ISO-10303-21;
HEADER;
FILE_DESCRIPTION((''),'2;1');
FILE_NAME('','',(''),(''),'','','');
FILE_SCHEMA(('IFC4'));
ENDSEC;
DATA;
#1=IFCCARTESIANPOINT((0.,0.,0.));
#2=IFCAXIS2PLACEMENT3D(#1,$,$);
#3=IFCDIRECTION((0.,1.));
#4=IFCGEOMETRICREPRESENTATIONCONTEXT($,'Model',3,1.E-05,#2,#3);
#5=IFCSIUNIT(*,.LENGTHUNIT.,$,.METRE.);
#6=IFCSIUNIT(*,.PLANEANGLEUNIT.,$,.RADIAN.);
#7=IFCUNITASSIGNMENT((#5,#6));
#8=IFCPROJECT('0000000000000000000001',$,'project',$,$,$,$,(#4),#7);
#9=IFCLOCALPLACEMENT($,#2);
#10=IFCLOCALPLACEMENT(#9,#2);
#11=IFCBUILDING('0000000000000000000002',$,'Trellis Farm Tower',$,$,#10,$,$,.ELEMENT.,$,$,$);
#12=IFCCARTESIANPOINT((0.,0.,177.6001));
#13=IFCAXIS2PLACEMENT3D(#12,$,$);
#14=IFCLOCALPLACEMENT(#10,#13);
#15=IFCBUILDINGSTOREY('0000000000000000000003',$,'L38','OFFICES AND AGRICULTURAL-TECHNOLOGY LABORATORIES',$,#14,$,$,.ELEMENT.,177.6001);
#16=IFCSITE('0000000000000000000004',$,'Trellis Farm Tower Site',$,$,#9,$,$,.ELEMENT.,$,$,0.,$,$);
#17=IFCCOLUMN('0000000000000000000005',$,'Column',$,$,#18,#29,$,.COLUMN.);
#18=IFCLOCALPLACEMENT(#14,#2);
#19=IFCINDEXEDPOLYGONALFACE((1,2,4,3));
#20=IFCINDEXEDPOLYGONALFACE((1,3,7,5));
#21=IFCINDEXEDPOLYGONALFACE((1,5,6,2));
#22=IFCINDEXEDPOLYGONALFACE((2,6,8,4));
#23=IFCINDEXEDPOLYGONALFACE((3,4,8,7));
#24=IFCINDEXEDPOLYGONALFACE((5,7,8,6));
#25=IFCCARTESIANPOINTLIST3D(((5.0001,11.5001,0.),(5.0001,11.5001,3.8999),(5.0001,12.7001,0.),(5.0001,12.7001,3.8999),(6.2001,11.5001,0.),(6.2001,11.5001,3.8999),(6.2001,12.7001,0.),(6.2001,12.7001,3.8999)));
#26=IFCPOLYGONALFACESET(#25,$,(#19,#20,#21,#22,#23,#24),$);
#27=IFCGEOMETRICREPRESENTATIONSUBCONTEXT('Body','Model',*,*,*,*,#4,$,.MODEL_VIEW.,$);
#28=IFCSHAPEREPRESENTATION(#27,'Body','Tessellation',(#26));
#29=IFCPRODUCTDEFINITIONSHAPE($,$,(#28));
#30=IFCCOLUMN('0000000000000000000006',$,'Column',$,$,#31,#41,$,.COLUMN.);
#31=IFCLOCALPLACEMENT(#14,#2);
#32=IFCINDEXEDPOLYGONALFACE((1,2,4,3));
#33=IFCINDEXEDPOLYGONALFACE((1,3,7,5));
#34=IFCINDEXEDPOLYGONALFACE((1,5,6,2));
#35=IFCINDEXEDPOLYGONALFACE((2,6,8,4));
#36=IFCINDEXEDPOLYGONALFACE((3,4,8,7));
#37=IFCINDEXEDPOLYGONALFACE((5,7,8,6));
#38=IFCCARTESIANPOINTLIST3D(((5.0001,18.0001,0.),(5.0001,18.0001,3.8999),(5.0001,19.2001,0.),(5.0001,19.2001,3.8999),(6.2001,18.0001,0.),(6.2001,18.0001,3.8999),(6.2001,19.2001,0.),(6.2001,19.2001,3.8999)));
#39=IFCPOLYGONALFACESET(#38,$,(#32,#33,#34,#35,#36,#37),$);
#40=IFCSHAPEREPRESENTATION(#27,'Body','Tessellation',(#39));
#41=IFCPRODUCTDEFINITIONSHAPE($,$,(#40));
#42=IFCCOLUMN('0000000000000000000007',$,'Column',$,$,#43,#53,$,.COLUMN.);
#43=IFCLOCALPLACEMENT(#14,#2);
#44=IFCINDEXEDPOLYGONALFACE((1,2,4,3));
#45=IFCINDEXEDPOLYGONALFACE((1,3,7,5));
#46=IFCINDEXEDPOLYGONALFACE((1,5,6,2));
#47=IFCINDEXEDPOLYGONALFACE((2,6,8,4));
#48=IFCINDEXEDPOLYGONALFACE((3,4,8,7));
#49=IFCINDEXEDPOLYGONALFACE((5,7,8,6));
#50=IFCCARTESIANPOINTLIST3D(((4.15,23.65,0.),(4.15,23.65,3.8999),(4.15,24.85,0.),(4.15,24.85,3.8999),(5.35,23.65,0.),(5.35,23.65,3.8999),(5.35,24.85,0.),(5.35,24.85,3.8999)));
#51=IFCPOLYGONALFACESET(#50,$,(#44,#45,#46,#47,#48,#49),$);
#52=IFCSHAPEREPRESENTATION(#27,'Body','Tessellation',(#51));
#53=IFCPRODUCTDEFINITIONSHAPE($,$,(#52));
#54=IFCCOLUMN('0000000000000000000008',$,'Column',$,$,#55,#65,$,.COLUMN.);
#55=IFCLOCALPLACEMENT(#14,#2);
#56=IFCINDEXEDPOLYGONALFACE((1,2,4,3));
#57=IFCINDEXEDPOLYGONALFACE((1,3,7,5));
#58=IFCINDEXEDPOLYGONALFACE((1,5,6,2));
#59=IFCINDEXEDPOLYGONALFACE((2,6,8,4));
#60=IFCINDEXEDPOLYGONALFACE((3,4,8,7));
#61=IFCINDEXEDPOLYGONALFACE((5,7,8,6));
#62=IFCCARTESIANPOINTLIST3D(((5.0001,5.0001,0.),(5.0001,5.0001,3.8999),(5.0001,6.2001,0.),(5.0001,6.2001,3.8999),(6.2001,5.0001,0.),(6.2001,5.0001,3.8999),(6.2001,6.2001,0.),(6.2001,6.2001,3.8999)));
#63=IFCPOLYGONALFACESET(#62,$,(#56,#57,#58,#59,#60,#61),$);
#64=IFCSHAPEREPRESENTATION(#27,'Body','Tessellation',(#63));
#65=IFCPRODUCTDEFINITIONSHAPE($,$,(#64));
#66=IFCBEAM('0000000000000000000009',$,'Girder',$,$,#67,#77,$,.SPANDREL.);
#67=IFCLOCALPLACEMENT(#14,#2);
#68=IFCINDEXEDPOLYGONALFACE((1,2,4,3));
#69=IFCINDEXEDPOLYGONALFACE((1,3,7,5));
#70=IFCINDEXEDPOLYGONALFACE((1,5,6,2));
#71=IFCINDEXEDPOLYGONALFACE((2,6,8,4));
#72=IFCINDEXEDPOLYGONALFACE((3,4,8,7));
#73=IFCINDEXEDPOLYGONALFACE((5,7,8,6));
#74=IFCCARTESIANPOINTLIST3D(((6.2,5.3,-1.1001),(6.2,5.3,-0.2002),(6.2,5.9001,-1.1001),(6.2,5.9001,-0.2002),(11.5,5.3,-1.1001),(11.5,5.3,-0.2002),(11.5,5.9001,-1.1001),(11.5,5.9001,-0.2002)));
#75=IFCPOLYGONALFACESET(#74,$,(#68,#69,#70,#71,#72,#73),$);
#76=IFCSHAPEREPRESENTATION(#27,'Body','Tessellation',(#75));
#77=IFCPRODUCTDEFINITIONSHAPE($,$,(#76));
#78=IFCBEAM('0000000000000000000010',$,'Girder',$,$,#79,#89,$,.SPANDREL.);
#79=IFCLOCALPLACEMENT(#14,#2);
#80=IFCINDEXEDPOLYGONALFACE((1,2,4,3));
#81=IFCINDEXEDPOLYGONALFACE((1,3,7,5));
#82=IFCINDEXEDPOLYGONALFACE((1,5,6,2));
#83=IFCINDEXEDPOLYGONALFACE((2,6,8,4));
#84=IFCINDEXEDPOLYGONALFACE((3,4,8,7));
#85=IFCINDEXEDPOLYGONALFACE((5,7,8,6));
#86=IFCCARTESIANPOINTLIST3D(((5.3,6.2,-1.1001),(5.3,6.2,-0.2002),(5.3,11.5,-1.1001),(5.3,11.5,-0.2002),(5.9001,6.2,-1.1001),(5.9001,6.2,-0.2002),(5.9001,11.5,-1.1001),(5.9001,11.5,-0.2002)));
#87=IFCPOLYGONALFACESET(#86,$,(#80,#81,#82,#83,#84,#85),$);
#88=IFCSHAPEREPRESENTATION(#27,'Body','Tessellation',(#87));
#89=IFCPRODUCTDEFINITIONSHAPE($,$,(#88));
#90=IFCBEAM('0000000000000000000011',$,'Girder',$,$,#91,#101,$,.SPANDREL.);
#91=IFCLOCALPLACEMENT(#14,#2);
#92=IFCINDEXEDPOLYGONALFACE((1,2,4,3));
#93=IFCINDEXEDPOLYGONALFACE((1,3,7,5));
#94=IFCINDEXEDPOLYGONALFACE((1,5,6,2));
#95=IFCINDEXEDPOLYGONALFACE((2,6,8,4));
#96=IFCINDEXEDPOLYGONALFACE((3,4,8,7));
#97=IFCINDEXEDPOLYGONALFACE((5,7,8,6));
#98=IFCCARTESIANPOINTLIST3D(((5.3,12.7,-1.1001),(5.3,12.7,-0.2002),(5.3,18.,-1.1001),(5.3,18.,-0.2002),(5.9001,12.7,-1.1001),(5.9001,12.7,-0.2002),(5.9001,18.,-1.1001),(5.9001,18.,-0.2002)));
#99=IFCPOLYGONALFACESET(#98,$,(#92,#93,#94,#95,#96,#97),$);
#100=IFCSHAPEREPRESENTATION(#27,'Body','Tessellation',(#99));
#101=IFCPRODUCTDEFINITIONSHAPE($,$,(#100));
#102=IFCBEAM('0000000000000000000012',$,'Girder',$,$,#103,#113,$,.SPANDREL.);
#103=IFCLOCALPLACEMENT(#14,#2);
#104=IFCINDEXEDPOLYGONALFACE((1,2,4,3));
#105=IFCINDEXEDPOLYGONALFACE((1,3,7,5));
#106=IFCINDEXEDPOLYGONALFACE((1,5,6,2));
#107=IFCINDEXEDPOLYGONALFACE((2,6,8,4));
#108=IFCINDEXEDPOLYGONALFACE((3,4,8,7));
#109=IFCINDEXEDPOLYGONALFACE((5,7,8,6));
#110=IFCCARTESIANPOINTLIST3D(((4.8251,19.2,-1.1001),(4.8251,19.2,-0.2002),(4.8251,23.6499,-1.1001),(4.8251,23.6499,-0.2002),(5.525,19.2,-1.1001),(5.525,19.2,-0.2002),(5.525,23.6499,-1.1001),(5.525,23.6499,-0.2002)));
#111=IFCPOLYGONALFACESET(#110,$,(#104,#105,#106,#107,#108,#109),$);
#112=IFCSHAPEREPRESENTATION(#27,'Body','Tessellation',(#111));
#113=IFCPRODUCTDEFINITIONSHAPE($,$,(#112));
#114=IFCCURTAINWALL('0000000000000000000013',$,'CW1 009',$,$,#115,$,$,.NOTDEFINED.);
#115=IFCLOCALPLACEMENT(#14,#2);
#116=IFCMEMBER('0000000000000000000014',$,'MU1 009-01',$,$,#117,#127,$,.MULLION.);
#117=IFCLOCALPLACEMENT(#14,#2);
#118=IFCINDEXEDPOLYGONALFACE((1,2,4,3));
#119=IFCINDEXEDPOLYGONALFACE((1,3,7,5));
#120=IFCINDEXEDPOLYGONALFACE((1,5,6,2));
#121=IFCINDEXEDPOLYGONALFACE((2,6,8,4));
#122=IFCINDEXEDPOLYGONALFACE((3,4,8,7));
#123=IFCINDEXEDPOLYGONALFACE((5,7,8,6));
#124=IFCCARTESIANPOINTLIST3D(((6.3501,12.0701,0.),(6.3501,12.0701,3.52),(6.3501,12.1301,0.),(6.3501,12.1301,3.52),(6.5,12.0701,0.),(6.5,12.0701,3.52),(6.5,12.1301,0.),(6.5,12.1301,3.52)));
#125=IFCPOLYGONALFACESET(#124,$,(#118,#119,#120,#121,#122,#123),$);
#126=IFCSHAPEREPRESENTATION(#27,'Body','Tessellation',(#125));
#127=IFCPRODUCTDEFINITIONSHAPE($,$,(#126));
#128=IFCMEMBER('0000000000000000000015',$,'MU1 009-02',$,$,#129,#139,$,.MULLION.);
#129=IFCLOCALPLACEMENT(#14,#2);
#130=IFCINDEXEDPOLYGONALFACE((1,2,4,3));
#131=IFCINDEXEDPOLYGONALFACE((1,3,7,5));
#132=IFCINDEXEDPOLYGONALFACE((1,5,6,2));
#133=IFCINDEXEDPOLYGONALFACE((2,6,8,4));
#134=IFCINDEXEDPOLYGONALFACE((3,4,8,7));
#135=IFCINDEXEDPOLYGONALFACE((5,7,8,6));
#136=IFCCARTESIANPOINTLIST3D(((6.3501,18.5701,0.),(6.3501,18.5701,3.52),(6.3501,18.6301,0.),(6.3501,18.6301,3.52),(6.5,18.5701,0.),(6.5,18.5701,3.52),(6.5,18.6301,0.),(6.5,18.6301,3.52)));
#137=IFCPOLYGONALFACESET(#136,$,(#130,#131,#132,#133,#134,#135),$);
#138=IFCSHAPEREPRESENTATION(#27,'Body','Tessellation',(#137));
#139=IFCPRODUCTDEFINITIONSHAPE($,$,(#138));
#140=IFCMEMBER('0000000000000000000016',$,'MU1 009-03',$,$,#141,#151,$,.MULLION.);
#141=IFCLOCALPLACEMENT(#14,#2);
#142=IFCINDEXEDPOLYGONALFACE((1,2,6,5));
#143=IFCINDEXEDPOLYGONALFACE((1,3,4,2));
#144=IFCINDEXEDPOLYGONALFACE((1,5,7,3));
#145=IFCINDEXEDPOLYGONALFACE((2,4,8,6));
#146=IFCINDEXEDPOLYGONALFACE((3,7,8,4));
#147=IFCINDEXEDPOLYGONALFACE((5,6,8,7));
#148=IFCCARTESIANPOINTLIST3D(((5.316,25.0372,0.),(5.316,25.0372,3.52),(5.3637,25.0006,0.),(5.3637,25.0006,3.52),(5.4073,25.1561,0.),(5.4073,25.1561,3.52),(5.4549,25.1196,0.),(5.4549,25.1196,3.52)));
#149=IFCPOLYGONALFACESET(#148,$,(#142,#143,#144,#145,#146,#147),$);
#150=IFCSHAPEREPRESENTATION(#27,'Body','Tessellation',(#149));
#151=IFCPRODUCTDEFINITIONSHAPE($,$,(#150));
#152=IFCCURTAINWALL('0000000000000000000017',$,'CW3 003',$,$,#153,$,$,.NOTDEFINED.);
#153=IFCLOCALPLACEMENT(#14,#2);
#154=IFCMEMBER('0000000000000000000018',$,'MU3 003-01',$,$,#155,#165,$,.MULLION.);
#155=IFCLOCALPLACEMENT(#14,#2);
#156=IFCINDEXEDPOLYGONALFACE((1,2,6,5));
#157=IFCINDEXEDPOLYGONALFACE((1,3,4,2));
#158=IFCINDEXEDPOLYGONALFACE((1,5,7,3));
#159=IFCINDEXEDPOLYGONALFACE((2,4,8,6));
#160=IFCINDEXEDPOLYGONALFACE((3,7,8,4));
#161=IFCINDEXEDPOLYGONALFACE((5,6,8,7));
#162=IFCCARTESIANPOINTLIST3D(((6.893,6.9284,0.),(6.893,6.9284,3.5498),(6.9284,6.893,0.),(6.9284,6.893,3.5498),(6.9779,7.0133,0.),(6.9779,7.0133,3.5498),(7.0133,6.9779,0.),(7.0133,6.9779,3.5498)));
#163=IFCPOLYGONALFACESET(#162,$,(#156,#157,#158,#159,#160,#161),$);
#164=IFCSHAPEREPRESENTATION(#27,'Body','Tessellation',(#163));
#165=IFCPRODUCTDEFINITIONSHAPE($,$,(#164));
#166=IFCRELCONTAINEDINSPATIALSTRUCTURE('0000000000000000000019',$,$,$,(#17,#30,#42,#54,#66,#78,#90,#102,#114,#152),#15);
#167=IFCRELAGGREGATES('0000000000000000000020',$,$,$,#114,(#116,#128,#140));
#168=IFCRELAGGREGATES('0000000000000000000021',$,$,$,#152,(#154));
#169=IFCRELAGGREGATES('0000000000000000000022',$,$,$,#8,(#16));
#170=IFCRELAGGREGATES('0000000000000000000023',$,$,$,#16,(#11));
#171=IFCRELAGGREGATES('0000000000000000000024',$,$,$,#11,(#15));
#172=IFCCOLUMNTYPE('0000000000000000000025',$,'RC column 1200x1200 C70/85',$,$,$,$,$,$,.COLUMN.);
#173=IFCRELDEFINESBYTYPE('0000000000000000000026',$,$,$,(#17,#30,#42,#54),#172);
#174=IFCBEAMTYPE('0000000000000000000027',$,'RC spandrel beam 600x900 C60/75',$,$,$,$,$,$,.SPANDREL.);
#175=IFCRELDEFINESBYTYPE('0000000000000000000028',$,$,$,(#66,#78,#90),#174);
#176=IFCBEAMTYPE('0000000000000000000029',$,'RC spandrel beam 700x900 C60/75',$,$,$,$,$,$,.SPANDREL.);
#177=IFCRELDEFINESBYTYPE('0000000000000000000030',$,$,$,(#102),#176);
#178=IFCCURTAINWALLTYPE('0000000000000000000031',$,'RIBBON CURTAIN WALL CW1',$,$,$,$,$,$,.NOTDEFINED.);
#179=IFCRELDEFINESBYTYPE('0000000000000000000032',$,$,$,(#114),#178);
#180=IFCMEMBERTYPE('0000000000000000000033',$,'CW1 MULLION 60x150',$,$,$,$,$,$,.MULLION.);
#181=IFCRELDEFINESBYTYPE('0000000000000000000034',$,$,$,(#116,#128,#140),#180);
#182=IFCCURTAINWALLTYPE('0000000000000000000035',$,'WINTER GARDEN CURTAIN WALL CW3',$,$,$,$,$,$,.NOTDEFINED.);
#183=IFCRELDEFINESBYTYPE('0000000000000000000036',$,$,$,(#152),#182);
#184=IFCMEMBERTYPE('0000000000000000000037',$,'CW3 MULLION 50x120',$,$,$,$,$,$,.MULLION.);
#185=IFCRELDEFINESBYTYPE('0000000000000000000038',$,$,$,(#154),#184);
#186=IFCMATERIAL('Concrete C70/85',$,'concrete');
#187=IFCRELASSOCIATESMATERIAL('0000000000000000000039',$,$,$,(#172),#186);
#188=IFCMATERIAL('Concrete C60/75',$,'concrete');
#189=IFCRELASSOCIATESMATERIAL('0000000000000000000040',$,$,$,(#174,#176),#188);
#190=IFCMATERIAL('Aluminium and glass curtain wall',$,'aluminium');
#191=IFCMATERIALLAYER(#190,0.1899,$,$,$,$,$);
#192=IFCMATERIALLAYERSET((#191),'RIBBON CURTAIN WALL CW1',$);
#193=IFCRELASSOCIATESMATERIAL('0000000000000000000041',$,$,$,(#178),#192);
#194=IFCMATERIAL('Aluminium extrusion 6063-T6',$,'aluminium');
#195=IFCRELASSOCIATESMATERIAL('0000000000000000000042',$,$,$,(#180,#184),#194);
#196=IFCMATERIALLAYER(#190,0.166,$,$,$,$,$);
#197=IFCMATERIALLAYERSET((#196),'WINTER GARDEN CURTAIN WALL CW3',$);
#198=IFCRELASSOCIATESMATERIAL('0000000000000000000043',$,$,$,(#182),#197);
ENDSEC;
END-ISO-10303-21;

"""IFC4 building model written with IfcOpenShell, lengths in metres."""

from ifc_helpers import new_model, si_unit, direction, frame, origin, origin_2d, place, context, subcontext, project, spatial, rectangle, extrude, source, transform, mapped, material, layer, layer_set, material_profile, profile_set, type_object, element, aggregate, save


model = new_model("IFC4")

# Units and contexts
model_context = context("Model", 3, precision=1e-05, world=origin(), true_north=direction((0.0, 1.0)))
body_context = subcontext(model_context, "Body", "Model", "MODEL_VIEW")
ifc_project = project(units=[si_unit("LENGTHUNIT", "METRE"), si_unit("PLANEANGLEUNIT", "RADIAN")], contexts=[model_context])

# Site, building, storey
site_placement = place(None, origin())
site = spatial("IfcSite", under=ifc_project, at=site_placement, Name="Trellis Farm Tower Site", CompositionType="ELEMENT", RefElevation=0.0)
building_placement = place(site_placement, origin())
building = spatial("IfcBuilding", under=site, at=building_placement, Name="Trellis Farm Tower", CompositionType="ELEMENT")
storey_placement = place(building_placement, frame((0.0, 0.0, 177.6001)))
storey = spatial("IfcBuildingStorey", under=building, at=storey_placement, Name="L38", Description="OFFICES AND AGRICULTURAL-TECHNOLOGY LABORATORIES", CompositionType="ELEMENT", Elevation=177.6001)

# Columns
ifc_material_1 = material(Name="Concrete C70/85", Category="concrete")
ifc_material_profile_1 = material_profile(ifc_material_1, rectangle(XDim=1.2, YDim=1.2, at=origin_2d()), Name="RC column 1200x1200 C70/85")
ifc_profile_set_1 = profile_set([ifc_material_profile_1], Name="Concrete C70/85")
column_type = type_object("IfcColumnType", Name="RC column 1200x1200 C70/85", PredefinedType="COLUMN", material=ifc_profile_set_1)
shared_shape_1 = source(origin(), body_context, "Body", "SweptSolid", [
    extrude(rectangle(XDim=1.2, YDim=1.2, at=origin_2d()), origin(), (0.0, 0.0, 1.0), 3.8999),
])
for number, where, z_axis, x_axis, name in (
    (1, (5.6001, 12.1001, 0.0), (0.0, 0.0, 1.0), (1.0, 0.0, 0.0), "Column"),
    (2, (5.6001, 18.6001, 0.0), (0.0, 0.0, 1.0), (1.0, 0.0, 0.0), "Column"),
    (3, (4.75, 24.25, 0.0), (0.0, 0.0, 1.0), (1.0, 0.0, 0.0), "Column"),
    (4, (5.6001, 5.6001, 0.0), (0.0, 0.0, 1.0), (1.0, 0.0, 0.0), "Column"),
):
    element("IfcColumn", number, at=place(storey_placement, frame(where, z_axis=z_axis, x_axis=x_axis)), inside=storey, type_object=column_type, Name=name, PredefinedType="COLUMN", context=body_context, shape_type="MappedRepresentation", body=[
        mapped(shared_shape_1, transform((0.0, 0.0, 0.0))),
    ])

# Beams
ifc_material_2 = material(Name="Concrete C60/75", Category="concrete")
ifc_material_profile_2 = material_profile(ifc_material_2, rectangle(XDim=0.6001, YDim=0.8999, at=origin_2d()), Name="RC spandrel beam 600x900 C60/75")
ifc_profile_set_2 = profile_set([ifc_material_profile_2], Name="Concrete C60/75")
beam_type_1 = type_object("IfcBeamType", Name="RC spandrel beam 600x900 C60/75", PredefinedType="SPANDREL", material=ifc_profile_set_2)
shared_shape_2 = source(origin(), body_context, "Body", "SweptSolid", [
    extrude(rectangle(XDim=0.6001, YDim=0.8999, at=origin_2d()), origin(), (0.0, 0.0, 1.0), 5.3),
])
for number, where, z_axis, x_axis, name in (
    (5, (6.2, 5.6001, -0.6501), (1.0, 0.0, 0.0), (0.0, 1.0, 0.0), "Girder"),
    (6, (5.6001, 6.2, -0.6501), (0.0, 1.0, 0.0), (-1.0, 0.0, 0.0), "Girder"),
    (7, (5.6001, 12.7, -0.6501), (0.0, 1.0, 0.0), (-1.0, 0.0, 0.0), "Girder"),
):
    element("IfcBeam", number, at=place(storey_placement, frame(where, z_axis=z_axis, x_axis=x_axis)), inside=storey, type_object=beam_type_1, Name=name, PredefinedType="SPANDREL", context=body_context, shape_type="MappedRepresentation", body=[
        mapped(shared_shape_2, transform((0.0, 0.0, 0.0))),
    ])
ifc_material_profile_3 = material_profile(ifc_material_2, rectangle(XDim=0.7, YDim=0.8999, at=origin_2d()), Name="RC spandrel beam 700x900 C60/75")
ifc_profile_set_3 = profile_set([ifc_material_profile_3], Name="Concrete C60/75")
beam_type_2 = type_object("IfcBeamType", Name="RC spandrel beam 700x900 C60/75", PredefinedType="SPANDREL", material=ifc_profile_set_3)
shared_shape_3 = source(origin(), body_context, "Body", "SweptSolid", [
    extrude(rectangle(XDim=0.7, YDim=0.8999, at=origin_2d()), origin(), (0.0, 0.0, 1.0), 4.45),
])
beam_placement = place(storey_placement, frame((5.175, 19.2, -0.6501), z_axis=(0.0, 1.0, 0.0), x_axis=(-1.0, 0.0, 0.0)))
element("IfcBeam", 8, at=beam_placement, inside=storey, type_object=beam_type_2, Name="Girder", PredefinedType="SPANDREL", context=body_context, shape_type="MappedRepresentation", body=[
    mapped(shared_shape_3, transform((0.0, 0.0, 0.0))),
])

# Curtain wall, members
ifc_material_3 = material(Name="Aluminium and glass curtain wall", Category="aluminium")
ifc_layer_1 = layer(ifc_material_3, 0.1899)
ifc_layer_set_1 = layer_set([ifc_layer_1], Name="RIBBON CURTAIN WALL CW1")
curtain_wall_type_1 = type_object("IfcCurtainWallType", Name="RIBBON CURTAIN WALL CW1", PredefinedType="NOTDEFINED", material=ifc_layer_set_1)
placement = place(storey_placement, origin())
curtain_wall_1 = element("IfcCurtainWall", 9, at=placement, inside=storey, type_object=curtain_wall_type_1, Name="CW1 009", PredefinedType="NOTDEFINED")
ifc_material_4 = material(Name="Aluminium extrusion 6063-T6", Category="aluminium")
ifc_material_profile_4 = material_profile(ifc_material_4, rectangle(XDim=0.0601, YDim=0.1499, at=origin_2d()), Name="MULLION 60x150")
ifc_profile_set_4 = profile_set([ifc_material_profile_4], Name="Aluminium extrusion 6063-T6")
member_type_1 = type_object("IfcMemberType", Name="CW1 MULLION 60x150", PredefinedType="MULLION", material=ifc_profile_set_4)
shared_shape_4 = source(origin(), body_context, "Body", "SweptSolid", [
    extrude(rectangle(XDim=0.0601, YDim=0.1499, at=origin_2d()), origin(), (0.0, 0.0, 1.0), 3.52),
])
member_1_placement = place(storey_placement, frame((6.425, 12.1001, 0.0), z_axis=(0.0, 0.0, 1.0), x_axis=(0.0, 1.0, 0.0)))
member_1 = element("IfcMember", 10, at=member_1_placement, type_object=member_type_1, Name="MU1 009-01", PredefinedType="MULLION", context=body_context, shape_type="MappedRepresentation", body=[
    mapped(shared_shape_4, transform((0.0, 0.0, 0.0))),
])
member_2_placement = place(storey_placement, frame((6.425, 18.6001, 0.0), z_axis=(0.0, 0.0, 1.0), x_axis=(0.0, 1.0, 0.0)))
member_2 = element("IfcMember", 11, at=member_2_placement, type_object=member_type_1, Name="MU1 009-02", PredefinedType="MULLION", context=body_context, shape_type="MappedRepresentation", body=[
    mapped(shared_shape_4, transform((0.0, 0.0, 0.0))),
])
member_3_placement = place(storey_placement, frame((5.3855, 25.0784, 0.0), z_axis=(0.0, 0.0, 1.0), x_axis=(-0.793353, 0.608761, 0.0)))
member_3 = element("IfcMember", 12, at=member_3_placement, type_object=member_type_1, Name="MU1 009-03", PredefinedType="MULLION", context=body_context, shape_type="MappedRepresentation", body=[
    mapped(shared_shape_4, transform((0.0, 0.0, 0.0))),
])
aggregate(curtain_wall_1, [member_1, member_2, member_3])

# Curtain wall, member
ifc_layer_2 = layer(ifc_material_3, 0.166)
ifc_layer_set_2 = layer_set([ifc_layer_2], Name="WINTER GARDEN CURTAIN WALL CW3")
curtain_wall_type_2 = type_object("IfcCurtainWallType", Name="WINTER GARDEN CURTAIN WALL CW3", PredefinedType="NOTDEFINED", material=ifc_layer_set_2)
curtain_wall_2 = element("IfcCurtainWall", 13, at=placement, inside=storey, type_object=curtain_wall_type_2, Name="CW3 003", PredefinedType="NOTDEFINED")
ifc_material_profile_5 = material_profile(ifc_material_4, rectangle(XDim=0.05, YDim=0.1201, at=origin_2d()), Name="MULLION 50x120")
ifc_profile_set_5 = profile_set([ifc_material_profile_5], Name="Aluminium extrusion 6063-T6")
member_type_2 = type_object("IfcMemberType", Name="CW3 MULLION 50x120", PredefinedType="MULLION", material=ifc_profile_set_5)
shared_shape_5 = source(origin(), body_context, "Body", "SweptSolid", [
    extrude(rectangle(XDim=0.05, YDim=0.1201, at=origin_2d()), origin(), (0.0, 0.0, 1.0), 3.5498),
])
member_4_placement = place(storey_placement, frame((6.9531, 6.9531, 0.0), z_axis=(0.0, 0.0, 1.0), x_axis=(-0.707107, 0.707107, 0.0)))
member_4 = element("IfcMember", 14, at=member_4_placement, type_object=member_type_2, Name="MU3 003-01", PredefinedType="MULLION", context=body_context, shape_type="MappedRepresentation", body=[
    mapped(shared_shape_5, transform((0.0, 0.0, 0.0))),
])
aggregate(curtain_wall_2, [member_4])

save(model, "model.ifc")
